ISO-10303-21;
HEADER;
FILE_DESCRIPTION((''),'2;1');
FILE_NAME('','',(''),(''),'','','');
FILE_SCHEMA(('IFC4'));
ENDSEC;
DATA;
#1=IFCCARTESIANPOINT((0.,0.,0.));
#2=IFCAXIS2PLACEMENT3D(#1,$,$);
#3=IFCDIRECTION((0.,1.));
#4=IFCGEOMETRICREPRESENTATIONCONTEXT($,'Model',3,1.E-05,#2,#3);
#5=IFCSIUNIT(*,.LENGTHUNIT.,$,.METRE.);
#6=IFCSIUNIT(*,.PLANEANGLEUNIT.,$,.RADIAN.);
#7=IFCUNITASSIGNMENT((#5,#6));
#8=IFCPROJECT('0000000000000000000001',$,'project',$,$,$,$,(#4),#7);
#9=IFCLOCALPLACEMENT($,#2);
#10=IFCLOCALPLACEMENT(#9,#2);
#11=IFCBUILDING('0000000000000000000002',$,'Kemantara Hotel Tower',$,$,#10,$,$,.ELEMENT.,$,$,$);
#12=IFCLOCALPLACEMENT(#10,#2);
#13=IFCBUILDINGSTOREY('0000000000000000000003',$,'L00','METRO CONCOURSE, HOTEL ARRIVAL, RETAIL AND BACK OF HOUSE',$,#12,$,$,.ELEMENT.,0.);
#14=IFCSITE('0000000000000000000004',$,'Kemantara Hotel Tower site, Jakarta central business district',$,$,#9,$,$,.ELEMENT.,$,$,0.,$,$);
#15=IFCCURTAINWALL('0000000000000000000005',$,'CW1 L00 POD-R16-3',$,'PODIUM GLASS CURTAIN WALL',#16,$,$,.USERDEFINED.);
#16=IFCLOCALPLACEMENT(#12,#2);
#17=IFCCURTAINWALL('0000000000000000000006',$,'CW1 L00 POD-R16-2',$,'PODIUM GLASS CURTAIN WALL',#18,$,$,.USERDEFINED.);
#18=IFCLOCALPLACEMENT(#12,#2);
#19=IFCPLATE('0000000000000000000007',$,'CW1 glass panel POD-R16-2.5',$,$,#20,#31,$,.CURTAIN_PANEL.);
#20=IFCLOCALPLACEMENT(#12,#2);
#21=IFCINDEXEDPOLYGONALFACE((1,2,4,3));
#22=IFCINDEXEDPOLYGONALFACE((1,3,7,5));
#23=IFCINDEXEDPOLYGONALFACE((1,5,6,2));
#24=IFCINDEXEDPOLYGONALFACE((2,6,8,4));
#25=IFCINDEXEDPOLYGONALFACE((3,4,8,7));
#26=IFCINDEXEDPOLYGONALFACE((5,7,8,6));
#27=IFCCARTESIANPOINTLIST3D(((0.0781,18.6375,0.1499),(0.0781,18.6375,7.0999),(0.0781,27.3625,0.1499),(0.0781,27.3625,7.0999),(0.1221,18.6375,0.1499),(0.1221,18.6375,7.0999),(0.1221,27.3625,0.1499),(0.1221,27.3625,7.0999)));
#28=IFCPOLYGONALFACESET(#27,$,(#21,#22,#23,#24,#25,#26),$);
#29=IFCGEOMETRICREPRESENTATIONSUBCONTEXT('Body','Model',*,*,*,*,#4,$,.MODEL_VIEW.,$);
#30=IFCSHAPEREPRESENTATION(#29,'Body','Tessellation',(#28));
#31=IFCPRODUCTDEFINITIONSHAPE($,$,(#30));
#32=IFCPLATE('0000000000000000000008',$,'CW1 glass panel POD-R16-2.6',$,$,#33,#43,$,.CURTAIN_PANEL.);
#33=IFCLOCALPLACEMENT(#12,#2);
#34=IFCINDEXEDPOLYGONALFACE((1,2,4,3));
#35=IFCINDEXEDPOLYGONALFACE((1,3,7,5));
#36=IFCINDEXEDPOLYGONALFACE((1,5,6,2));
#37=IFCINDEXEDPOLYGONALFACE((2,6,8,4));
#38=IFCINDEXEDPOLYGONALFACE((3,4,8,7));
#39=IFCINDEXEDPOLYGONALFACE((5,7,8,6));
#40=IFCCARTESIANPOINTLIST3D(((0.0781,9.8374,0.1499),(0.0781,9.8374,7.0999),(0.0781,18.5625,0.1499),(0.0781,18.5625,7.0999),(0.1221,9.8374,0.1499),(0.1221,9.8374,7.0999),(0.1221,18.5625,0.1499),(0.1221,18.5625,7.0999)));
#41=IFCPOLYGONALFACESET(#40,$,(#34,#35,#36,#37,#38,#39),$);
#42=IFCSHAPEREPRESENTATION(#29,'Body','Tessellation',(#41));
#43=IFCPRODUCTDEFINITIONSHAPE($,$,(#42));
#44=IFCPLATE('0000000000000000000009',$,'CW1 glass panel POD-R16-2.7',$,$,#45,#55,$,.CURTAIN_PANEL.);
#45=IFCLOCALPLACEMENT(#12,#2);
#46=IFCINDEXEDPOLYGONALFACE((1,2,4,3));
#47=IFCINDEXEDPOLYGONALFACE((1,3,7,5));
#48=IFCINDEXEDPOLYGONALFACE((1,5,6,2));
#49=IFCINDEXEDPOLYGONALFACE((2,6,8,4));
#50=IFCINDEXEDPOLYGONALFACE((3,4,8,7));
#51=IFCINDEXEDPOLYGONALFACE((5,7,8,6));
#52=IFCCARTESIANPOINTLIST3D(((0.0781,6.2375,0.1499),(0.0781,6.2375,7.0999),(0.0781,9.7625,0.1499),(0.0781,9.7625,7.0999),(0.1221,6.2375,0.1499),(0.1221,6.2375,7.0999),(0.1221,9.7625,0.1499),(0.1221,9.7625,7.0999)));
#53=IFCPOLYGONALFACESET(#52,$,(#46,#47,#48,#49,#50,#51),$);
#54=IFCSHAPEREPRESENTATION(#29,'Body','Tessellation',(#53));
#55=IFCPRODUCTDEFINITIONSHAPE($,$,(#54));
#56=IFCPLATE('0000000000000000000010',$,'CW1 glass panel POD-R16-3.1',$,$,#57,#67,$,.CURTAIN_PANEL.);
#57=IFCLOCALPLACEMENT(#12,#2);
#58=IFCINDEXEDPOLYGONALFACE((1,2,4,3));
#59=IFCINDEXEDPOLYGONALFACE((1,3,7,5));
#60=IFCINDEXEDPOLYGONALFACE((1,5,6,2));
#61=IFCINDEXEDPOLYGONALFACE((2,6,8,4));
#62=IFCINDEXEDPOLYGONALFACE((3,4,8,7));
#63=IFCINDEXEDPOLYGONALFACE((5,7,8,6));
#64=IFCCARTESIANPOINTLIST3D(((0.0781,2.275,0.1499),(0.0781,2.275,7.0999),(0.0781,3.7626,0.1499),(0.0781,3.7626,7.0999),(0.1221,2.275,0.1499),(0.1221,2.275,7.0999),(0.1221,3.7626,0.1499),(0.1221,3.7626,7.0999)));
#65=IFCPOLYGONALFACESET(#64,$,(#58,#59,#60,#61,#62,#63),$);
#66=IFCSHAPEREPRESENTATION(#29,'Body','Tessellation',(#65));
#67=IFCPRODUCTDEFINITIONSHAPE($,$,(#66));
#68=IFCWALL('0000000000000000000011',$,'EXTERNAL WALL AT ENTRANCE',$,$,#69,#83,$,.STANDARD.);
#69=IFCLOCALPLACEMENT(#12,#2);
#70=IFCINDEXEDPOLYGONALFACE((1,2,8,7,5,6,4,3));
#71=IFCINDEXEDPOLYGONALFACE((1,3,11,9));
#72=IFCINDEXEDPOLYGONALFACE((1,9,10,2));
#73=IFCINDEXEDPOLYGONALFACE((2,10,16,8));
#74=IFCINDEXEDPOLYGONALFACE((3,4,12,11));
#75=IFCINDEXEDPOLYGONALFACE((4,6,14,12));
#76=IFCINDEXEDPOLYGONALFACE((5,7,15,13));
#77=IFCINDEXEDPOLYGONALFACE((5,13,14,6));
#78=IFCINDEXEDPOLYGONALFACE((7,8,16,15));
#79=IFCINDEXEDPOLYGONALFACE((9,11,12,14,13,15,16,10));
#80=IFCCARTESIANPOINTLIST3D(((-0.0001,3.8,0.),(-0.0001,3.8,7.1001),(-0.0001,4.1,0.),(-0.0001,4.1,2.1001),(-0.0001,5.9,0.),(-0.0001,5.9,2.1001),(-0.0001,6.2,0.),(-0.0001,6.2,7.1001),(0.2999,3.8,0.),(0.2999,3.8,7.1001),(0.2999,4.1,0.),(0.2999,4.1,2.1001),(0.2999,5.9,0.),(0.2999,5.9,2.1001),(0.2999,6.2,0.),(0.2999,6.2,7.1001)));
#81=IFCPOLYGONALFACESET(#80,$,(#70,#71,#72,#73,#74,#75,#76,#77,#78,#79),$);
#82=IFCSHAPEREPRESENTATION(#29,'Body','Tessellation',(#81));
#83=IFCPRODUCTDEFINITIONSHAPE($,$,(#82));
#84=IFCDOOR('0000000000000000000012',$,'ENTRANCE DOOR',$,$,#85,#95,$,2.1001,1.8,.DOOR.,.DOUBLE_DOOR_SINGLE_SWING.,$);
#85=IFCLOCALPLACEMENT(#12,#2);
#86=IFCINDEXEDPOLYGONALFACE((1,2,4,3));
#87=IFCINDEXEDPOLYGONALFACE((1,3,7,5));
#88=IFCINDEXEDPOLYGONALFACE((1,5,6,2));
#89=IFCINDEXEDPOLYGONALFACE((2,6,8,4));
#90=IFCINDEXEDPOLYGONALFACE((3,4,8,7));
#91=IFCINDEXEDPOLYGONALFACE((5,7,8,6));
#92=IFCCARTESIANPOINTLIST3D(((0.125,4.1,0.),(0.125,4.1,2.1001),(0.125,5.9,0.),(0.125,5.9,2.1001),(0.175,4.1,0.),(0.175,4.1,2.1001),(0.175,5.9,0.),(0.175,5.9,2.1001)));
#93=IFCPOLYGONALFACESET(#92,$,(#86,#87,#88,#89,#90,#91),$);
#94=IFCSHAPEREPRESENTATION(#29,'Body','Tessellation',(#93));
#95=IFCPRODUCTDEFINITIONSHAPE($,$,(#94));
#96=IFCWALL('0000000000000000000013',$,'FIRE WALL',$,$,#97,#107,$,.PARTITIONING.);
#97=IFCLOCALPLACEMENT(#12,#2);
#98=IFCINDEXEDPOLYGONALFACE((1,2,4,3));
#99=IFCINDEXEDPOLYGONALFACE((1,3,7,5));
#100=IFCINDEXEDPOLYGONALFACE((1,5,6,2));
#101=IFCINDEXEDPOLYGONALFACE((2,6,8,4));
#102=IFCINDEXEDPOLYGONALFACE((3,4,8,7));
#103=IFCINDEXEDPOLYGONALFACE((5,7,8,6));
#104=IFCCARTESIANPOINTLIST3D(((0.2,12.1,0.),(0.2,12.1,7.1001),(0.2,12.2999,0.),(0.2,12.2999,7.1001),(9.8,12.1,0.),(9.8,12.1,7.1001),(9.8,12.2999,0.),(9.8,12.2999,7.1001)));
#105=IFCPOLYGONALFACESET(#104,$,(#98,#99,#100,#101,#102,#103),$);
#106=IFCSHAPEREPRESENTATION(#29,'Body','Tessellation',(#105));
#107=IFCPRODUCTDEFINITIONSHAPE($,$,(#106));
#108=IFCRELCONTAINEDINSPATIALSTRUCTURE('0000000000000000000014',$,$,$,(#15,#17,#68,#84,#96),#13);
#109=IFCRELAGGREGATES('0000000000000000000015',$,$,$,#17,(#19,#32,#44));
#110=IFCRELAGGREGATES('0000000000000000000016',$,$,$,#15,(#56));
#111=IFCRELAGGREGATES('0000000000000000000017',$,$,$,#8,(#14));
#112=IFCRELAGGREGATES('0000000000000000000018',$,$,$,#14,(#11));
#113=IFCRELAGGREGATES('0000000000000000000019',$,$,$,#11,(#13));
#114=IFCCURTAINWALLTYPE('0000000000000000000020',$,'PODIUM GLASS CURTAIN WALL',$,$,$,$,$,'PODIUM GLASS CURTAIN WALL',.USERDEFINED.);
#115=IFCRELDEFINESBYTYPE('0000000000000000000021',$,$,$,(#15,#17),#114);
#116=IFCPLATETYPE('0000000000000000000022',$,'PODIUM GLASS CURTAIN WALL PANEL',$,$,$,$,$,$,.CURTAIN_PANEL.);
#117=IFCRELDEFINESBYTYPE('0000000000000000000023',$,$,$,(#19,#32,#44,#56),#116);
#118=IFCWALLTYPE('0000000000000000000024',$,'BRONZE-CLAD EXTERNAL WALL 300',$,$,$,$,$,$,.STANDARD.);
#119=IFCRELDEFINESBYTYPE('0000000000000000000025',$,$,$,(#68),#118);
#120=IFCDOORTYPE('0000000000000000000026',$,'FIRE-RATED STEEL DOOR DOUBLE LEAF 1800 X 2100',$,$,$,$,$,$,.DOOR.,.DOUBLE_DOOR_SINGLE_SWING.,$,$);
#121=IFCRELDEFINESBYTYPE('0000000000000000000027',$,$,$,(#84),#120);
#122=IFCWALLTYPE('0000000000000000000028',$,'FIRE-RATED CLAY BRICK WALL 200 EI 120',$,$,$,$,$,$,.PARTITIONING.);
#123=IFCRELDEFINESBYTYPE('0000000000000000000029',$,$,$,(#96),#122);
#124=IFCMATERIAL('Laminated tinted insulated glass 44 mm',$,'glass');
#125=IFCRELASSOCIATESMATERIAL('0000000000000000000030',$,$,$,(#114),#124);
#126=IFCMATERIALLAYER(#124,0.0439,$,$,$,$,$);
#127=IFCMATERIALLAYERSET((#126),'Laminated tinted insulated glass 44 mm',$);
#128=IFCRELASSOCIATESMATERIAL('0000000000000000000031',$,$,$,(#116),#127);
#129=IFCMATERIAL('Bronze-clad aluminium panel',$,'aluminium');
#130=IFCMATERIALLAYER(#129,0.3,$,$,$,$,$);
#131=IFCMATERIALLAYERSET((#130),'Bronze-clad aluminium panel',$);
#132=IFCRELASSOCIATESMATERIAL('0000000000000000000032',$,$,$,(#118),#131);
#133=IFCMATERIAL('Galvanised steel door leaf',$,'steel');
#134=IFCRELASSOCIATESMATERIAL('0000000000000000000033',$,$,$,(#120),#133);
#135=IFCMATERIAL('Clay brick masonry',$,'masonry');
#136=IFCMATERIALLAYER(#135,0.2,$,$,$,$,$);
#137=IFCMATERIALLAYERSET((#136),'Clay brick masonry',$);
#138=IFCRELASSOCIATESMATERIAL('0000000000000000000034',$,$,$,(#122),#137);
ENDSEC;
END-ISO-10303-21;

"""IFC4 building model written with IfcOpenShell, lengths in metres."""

from ifc_helpers import new_model, si_unit, direction, frame, frame_2d, origin, origin_2d, place, context, subcontext, project, spatial, rectangle, extrude, source, transform, mapped, material, layer, layer_set, type_object, element, fill, aggregate, save


model = new_model("IFC4")

# Units and contexts
model_context = context("Model", 3, precision=1e-05, world=origin(), true_north=direction((0.0, 1.0)))
body_context = subcontext(model_context, "Body", "Model", "MODEL_VIEW")
ifc_project = project(units=[si_unit("LENGTHUNIT", "METRE"), si_unit("PLANEANGLEUNIT", "RADIAN")], contexts=[model_context])

# Site, building, storey
site_placement = place(None, origin())
site = spatial("IfcSite", under=ifc_project, at=site_placement, Name="Kemantara Hotel Tower site, Jakarta central business district", CompositionType="ELEMENT", RefElevation=0.0)
building_placement = place(site_placement, origin())
building = spatial("IfcBuilding", under=site, at=building_placement, Name="Kemantara Hotel Tower", CompositionType="ELEMENT")
storey_placement = place(building_placement, origin())
storey = spatial("IfcBuildingStorey", under=building, at=storey_placement, Name="L00", Description="METRO CONCOURSE, HOTEL ARRIVAL, RETAIL AND BACK OF HOUSE", CompositionType="ELEMENT", Elevation=0.0)

# Curtain wall
ifc_material_1 = material(Name="Laminated tinted insulated glass 44 mm", Category="glass")
curtain_wall_type = type_object("IfcCurtainWallType", Name="PODIUM GLASS CURTAIN WALL", ElementType="PODIUM GLASS CURTAIN WALL", PredefinedType="USERDEFINED", material=ifc_material_1)
curtain_wall_1_placement = place(storey_placement, origin())
curtain_wall_1 = element("IfcCurtainWall", 1, at=curtain_wall_1_placement, inside=storey, type_object=curtain_wall_type, Name="CW1 L00 POD-R16-3", ObjectType="PODIUM GLASS CURTAIN WALL", PredefinedType="USERDEFINED")

# Curtain wall
curtain_wall_2_placement = place(storey_placement, origin())
curtain_wall_2 = element("IfcCurtainWall", 2, at=curtain_wall_2_placement, inside=storey, type_object=curtain_wall_type, Name="CW1 L00 POD-R16-2", ObjectType="PODIUM GLASS CURTAIN WALL", PredefinedType="USERDEFINED")

# Plates
ifc_layer_1 = layer(ifc_material_1, 0.0439)
ifc_layer_set_1 = layer_set([ifc_layer_1], Name="Laminated tinted insulated glass 44 mm")
plate_type = type_object("IfcPlateType", Name="PODIUM GLASS CURTAIN WALL PANEL", PredefinedType="CURTAIN_PANEL", material=ifc_layer_set_1)
shared_shape_1 = source(origin(), body_context, "Body", "SweptSolid", [
    extrude(rectangle(XDim=8.7251, YDim=0.0439, at=origin_2d()), origin(), (0.0, 0.0, 1.0), 6.95),
])
plate_1_placement = place(storey_placement, frame((0.1001, 23.0, 0.1499), z_axis=(0.0, 0.0, 1.0), x_axis=(0.0, -1.0, 0.0)))
plate_1 = element("IfcPlate", 3, at=plate_1_placement, type_object=plate_type, Name="CW1 glass panel POD-R16-2.5", PredefinedType="CURTAIN_PANEL", context=body_context, shape_type="MappedRepresentation", body=[
    mapped(shared_shape_1, transform((0.0, 0.0, 0.0))),
])
plate_2_placement = place(storey_placement, frame((0.1001, 14.2, 0.1499), z_axis=(0.0, 0.0, 1.0), x_axis=(0.0, -1.0, 0.0)))
plate_2 = element("IfcPlate", 4, at=plate_2_placement, type_object=plate_type, Name="CW1 glass panel POD-R16-2.6", PredefinedType="CURTAIN_PANEL", context=body_context, shape_type="MappedRepresentation", body=[
    mapped(shared_shape_1, transform((0.0, 0.0, 0.0))),
])
shared_shape_2 = source(origin(), body_context, "Body", "SweptSolid", [
    extrude(rectangle(XDim=3.5249, YDim=0.0439, at=origin_2d()), origin(), (0.0, 0.0, 1.0), 6.95),
])
plate_3_placement = place(storey_placement, frame((0.1001, 8.0, 0.1499), z_axis=(0.0, 0.0, 1.0), x_axis=(0.0, -1.0, 0.0)))
plate_3 = element("IfcPlate", 5, at=plate_3_placement, type_object=plate_type, Name="CW1 glass panel POD-R16-2.7", PredefinedType="CURTAIN_PANEL", context=body_context, shape_type="MappedRepresentation", body=[
    mapped(shared_shape_2, transform((0.0, 0.0, 0.0))),
])
aggregate(curtain_wall_2, [plate_1, plate_2, plate_3])
shared_shape_3 = source(origin(), body_context, "Body", "SweptSolid", [
    extrude(rectangle(XDim=1.4875, YDim=0.0439, at=origin_2d()), origin(), (0.0, 0.0, 1.0), 6.95),
])
plate_4_placement = place(storey_placement, frame((0.1001, 3.0188, 0.1499), z_axis=(0.0, 0.0, 1.0), x_axis=(0.0, -1.0, 0.0)))
plate_4 = element("IfcPlate", 6, at=plate_4_placement, type_object=plate_type, Name="CW1 glass panel POD-R16-3.1", PredefinedType="CURTAIN_PANEL", context=body_context, shape_type="MappedRepresentation", body=[
    mapped(shared_shape_3, transform((0.0, 0.0, 0.0))),
])
aggregate(curtain_wall_1, [plate_4])

# Wall, opening, door
ifc_material_2 = material(Name="Bronze-clad aluminium panel", Category="aluminium")
ifc_layer_2 = layer(ifc_material_2, 0.3)
ifc_layer_set_2 = layer_set([ifc_layer_2], Name="Bronze-clad aluminium panel")
wall_type_1 = type_object("IfcWallType", Name="BRONZE-CLAD EXTERNAL WALL 300", PredefinedType="STANDARD", material=ifc_layer_set_2)
wall_1_placement = place(storey_placement, frame((0.1499, 3.8, 0.0), z_axis=(0.0, 0.0, 1.0), x_axis=(0.0, 1.0, 0.0)))
wall_1 = element("IfcWall", 7, at=wall_1_placement, inside=storey, type_object=wall_type_1, Name="EXTERNAL WALL AT ENTRANCE", PredefinedType="STANDARD", context=body_context, shape_type="SweptSolid", body=[
    extrude(rectangle(XDim=2.3999, YDim=0.3, at=frame_2d((1.2, 0.0))), origin(), (0.0, 0.0, 1.0), 7.1001),
])
opening_placement = place(wall_1_placement, frame((0.3, 0.0, 0.0)))
opening = element("IfcOpeningElement", 8, at=opening_placement, cuts=wall_1, PredefinedType="OPENING", context=body_context, shape_type="SweptSolid", body=[
    extrude(rectangle(XDim=1.8, YDim=2.1001, at=frame_2d((0.8999, 1.05))), frame((0.0, 0.1599, 0.0), z_axis=(0.0, -1.0, 0.0), x_axis=(1.0, 0.0, 0.0)), (0.0, 0.0, 1.0), 0.3201),
])
ifc_material_3 = material(Name="Galvanised steel door leaf", Category="steel")
door_type = type_object("IfcDoorType", Name="FIRE-RATED STEEL DOOR DOUBLE LEAF 1800 X 2100", OperationType="DOUBLE_DOOR_SINGLE_SWING", PredefinedType="DOOR", material=ifc_material_3)
door_placement = place(opening_placement, origin())
door = element("IfcDoor", 9, at=door_placement, inside=storey, type_object=door_type, Name="ENTRANCE DOOR", OperationType="DOUBLE_DOOR_SINGLE_SWING", OverallHeight=2.1001, OverallWidth=1.8, PredefinedType="DOOR", context=body_context, shape_type="SweptSolid", body=[
    extrude(rectangle(XDim=1.8, YDim=2.1001, at=frame_2d((0.8999, 1.05))), frame((0.0, 0.0249, 0.0), z_axis=(0.0, -1.0, 0.0), x_axis=(1.0, 0.0, 0.0)), (0.0, 0.0, 1.0), 0.05),
])
fill(opening, door)

# Wall
ifc_material_4 = material(Name="Clay brick masonry", Category="masonry")
ifc_layer_3 = layer(ifc_material_4, 0.2)
ifc_layer_set_3 = layer_set([ifc_layer_3], Name="Clay brick masonry")
wall_type_2 = type_object("IfcWallType", Name="FIRE-RATED CLAY BRICK WALL 200 EI 120", PredefinedType="PARTITIONING", material=ifc_layer_set_3)
wall_2_placement = place(storey_placement, frame((0.2, 12.2, 0.0), z_axis=(0.0, 0.0, 1.0), x_axis=(1.0, 0.0, 0.0)))
element("IfcWall", 10, at=wall_2_placement, inside=storey, type_object=wall_type_2, Name="FIRE WALL", PredefinedType="PARTITIONING", context=body_context, shape_type="SweptSolid", body=[
    extrude(rectangle(XDim=9.6001, YDim=0.2, at=frame_2d((4.8, 0.0))), origin(), (0.0, 0.0, 1.0), 7.1001),
])

save(model, "model.ifc")
